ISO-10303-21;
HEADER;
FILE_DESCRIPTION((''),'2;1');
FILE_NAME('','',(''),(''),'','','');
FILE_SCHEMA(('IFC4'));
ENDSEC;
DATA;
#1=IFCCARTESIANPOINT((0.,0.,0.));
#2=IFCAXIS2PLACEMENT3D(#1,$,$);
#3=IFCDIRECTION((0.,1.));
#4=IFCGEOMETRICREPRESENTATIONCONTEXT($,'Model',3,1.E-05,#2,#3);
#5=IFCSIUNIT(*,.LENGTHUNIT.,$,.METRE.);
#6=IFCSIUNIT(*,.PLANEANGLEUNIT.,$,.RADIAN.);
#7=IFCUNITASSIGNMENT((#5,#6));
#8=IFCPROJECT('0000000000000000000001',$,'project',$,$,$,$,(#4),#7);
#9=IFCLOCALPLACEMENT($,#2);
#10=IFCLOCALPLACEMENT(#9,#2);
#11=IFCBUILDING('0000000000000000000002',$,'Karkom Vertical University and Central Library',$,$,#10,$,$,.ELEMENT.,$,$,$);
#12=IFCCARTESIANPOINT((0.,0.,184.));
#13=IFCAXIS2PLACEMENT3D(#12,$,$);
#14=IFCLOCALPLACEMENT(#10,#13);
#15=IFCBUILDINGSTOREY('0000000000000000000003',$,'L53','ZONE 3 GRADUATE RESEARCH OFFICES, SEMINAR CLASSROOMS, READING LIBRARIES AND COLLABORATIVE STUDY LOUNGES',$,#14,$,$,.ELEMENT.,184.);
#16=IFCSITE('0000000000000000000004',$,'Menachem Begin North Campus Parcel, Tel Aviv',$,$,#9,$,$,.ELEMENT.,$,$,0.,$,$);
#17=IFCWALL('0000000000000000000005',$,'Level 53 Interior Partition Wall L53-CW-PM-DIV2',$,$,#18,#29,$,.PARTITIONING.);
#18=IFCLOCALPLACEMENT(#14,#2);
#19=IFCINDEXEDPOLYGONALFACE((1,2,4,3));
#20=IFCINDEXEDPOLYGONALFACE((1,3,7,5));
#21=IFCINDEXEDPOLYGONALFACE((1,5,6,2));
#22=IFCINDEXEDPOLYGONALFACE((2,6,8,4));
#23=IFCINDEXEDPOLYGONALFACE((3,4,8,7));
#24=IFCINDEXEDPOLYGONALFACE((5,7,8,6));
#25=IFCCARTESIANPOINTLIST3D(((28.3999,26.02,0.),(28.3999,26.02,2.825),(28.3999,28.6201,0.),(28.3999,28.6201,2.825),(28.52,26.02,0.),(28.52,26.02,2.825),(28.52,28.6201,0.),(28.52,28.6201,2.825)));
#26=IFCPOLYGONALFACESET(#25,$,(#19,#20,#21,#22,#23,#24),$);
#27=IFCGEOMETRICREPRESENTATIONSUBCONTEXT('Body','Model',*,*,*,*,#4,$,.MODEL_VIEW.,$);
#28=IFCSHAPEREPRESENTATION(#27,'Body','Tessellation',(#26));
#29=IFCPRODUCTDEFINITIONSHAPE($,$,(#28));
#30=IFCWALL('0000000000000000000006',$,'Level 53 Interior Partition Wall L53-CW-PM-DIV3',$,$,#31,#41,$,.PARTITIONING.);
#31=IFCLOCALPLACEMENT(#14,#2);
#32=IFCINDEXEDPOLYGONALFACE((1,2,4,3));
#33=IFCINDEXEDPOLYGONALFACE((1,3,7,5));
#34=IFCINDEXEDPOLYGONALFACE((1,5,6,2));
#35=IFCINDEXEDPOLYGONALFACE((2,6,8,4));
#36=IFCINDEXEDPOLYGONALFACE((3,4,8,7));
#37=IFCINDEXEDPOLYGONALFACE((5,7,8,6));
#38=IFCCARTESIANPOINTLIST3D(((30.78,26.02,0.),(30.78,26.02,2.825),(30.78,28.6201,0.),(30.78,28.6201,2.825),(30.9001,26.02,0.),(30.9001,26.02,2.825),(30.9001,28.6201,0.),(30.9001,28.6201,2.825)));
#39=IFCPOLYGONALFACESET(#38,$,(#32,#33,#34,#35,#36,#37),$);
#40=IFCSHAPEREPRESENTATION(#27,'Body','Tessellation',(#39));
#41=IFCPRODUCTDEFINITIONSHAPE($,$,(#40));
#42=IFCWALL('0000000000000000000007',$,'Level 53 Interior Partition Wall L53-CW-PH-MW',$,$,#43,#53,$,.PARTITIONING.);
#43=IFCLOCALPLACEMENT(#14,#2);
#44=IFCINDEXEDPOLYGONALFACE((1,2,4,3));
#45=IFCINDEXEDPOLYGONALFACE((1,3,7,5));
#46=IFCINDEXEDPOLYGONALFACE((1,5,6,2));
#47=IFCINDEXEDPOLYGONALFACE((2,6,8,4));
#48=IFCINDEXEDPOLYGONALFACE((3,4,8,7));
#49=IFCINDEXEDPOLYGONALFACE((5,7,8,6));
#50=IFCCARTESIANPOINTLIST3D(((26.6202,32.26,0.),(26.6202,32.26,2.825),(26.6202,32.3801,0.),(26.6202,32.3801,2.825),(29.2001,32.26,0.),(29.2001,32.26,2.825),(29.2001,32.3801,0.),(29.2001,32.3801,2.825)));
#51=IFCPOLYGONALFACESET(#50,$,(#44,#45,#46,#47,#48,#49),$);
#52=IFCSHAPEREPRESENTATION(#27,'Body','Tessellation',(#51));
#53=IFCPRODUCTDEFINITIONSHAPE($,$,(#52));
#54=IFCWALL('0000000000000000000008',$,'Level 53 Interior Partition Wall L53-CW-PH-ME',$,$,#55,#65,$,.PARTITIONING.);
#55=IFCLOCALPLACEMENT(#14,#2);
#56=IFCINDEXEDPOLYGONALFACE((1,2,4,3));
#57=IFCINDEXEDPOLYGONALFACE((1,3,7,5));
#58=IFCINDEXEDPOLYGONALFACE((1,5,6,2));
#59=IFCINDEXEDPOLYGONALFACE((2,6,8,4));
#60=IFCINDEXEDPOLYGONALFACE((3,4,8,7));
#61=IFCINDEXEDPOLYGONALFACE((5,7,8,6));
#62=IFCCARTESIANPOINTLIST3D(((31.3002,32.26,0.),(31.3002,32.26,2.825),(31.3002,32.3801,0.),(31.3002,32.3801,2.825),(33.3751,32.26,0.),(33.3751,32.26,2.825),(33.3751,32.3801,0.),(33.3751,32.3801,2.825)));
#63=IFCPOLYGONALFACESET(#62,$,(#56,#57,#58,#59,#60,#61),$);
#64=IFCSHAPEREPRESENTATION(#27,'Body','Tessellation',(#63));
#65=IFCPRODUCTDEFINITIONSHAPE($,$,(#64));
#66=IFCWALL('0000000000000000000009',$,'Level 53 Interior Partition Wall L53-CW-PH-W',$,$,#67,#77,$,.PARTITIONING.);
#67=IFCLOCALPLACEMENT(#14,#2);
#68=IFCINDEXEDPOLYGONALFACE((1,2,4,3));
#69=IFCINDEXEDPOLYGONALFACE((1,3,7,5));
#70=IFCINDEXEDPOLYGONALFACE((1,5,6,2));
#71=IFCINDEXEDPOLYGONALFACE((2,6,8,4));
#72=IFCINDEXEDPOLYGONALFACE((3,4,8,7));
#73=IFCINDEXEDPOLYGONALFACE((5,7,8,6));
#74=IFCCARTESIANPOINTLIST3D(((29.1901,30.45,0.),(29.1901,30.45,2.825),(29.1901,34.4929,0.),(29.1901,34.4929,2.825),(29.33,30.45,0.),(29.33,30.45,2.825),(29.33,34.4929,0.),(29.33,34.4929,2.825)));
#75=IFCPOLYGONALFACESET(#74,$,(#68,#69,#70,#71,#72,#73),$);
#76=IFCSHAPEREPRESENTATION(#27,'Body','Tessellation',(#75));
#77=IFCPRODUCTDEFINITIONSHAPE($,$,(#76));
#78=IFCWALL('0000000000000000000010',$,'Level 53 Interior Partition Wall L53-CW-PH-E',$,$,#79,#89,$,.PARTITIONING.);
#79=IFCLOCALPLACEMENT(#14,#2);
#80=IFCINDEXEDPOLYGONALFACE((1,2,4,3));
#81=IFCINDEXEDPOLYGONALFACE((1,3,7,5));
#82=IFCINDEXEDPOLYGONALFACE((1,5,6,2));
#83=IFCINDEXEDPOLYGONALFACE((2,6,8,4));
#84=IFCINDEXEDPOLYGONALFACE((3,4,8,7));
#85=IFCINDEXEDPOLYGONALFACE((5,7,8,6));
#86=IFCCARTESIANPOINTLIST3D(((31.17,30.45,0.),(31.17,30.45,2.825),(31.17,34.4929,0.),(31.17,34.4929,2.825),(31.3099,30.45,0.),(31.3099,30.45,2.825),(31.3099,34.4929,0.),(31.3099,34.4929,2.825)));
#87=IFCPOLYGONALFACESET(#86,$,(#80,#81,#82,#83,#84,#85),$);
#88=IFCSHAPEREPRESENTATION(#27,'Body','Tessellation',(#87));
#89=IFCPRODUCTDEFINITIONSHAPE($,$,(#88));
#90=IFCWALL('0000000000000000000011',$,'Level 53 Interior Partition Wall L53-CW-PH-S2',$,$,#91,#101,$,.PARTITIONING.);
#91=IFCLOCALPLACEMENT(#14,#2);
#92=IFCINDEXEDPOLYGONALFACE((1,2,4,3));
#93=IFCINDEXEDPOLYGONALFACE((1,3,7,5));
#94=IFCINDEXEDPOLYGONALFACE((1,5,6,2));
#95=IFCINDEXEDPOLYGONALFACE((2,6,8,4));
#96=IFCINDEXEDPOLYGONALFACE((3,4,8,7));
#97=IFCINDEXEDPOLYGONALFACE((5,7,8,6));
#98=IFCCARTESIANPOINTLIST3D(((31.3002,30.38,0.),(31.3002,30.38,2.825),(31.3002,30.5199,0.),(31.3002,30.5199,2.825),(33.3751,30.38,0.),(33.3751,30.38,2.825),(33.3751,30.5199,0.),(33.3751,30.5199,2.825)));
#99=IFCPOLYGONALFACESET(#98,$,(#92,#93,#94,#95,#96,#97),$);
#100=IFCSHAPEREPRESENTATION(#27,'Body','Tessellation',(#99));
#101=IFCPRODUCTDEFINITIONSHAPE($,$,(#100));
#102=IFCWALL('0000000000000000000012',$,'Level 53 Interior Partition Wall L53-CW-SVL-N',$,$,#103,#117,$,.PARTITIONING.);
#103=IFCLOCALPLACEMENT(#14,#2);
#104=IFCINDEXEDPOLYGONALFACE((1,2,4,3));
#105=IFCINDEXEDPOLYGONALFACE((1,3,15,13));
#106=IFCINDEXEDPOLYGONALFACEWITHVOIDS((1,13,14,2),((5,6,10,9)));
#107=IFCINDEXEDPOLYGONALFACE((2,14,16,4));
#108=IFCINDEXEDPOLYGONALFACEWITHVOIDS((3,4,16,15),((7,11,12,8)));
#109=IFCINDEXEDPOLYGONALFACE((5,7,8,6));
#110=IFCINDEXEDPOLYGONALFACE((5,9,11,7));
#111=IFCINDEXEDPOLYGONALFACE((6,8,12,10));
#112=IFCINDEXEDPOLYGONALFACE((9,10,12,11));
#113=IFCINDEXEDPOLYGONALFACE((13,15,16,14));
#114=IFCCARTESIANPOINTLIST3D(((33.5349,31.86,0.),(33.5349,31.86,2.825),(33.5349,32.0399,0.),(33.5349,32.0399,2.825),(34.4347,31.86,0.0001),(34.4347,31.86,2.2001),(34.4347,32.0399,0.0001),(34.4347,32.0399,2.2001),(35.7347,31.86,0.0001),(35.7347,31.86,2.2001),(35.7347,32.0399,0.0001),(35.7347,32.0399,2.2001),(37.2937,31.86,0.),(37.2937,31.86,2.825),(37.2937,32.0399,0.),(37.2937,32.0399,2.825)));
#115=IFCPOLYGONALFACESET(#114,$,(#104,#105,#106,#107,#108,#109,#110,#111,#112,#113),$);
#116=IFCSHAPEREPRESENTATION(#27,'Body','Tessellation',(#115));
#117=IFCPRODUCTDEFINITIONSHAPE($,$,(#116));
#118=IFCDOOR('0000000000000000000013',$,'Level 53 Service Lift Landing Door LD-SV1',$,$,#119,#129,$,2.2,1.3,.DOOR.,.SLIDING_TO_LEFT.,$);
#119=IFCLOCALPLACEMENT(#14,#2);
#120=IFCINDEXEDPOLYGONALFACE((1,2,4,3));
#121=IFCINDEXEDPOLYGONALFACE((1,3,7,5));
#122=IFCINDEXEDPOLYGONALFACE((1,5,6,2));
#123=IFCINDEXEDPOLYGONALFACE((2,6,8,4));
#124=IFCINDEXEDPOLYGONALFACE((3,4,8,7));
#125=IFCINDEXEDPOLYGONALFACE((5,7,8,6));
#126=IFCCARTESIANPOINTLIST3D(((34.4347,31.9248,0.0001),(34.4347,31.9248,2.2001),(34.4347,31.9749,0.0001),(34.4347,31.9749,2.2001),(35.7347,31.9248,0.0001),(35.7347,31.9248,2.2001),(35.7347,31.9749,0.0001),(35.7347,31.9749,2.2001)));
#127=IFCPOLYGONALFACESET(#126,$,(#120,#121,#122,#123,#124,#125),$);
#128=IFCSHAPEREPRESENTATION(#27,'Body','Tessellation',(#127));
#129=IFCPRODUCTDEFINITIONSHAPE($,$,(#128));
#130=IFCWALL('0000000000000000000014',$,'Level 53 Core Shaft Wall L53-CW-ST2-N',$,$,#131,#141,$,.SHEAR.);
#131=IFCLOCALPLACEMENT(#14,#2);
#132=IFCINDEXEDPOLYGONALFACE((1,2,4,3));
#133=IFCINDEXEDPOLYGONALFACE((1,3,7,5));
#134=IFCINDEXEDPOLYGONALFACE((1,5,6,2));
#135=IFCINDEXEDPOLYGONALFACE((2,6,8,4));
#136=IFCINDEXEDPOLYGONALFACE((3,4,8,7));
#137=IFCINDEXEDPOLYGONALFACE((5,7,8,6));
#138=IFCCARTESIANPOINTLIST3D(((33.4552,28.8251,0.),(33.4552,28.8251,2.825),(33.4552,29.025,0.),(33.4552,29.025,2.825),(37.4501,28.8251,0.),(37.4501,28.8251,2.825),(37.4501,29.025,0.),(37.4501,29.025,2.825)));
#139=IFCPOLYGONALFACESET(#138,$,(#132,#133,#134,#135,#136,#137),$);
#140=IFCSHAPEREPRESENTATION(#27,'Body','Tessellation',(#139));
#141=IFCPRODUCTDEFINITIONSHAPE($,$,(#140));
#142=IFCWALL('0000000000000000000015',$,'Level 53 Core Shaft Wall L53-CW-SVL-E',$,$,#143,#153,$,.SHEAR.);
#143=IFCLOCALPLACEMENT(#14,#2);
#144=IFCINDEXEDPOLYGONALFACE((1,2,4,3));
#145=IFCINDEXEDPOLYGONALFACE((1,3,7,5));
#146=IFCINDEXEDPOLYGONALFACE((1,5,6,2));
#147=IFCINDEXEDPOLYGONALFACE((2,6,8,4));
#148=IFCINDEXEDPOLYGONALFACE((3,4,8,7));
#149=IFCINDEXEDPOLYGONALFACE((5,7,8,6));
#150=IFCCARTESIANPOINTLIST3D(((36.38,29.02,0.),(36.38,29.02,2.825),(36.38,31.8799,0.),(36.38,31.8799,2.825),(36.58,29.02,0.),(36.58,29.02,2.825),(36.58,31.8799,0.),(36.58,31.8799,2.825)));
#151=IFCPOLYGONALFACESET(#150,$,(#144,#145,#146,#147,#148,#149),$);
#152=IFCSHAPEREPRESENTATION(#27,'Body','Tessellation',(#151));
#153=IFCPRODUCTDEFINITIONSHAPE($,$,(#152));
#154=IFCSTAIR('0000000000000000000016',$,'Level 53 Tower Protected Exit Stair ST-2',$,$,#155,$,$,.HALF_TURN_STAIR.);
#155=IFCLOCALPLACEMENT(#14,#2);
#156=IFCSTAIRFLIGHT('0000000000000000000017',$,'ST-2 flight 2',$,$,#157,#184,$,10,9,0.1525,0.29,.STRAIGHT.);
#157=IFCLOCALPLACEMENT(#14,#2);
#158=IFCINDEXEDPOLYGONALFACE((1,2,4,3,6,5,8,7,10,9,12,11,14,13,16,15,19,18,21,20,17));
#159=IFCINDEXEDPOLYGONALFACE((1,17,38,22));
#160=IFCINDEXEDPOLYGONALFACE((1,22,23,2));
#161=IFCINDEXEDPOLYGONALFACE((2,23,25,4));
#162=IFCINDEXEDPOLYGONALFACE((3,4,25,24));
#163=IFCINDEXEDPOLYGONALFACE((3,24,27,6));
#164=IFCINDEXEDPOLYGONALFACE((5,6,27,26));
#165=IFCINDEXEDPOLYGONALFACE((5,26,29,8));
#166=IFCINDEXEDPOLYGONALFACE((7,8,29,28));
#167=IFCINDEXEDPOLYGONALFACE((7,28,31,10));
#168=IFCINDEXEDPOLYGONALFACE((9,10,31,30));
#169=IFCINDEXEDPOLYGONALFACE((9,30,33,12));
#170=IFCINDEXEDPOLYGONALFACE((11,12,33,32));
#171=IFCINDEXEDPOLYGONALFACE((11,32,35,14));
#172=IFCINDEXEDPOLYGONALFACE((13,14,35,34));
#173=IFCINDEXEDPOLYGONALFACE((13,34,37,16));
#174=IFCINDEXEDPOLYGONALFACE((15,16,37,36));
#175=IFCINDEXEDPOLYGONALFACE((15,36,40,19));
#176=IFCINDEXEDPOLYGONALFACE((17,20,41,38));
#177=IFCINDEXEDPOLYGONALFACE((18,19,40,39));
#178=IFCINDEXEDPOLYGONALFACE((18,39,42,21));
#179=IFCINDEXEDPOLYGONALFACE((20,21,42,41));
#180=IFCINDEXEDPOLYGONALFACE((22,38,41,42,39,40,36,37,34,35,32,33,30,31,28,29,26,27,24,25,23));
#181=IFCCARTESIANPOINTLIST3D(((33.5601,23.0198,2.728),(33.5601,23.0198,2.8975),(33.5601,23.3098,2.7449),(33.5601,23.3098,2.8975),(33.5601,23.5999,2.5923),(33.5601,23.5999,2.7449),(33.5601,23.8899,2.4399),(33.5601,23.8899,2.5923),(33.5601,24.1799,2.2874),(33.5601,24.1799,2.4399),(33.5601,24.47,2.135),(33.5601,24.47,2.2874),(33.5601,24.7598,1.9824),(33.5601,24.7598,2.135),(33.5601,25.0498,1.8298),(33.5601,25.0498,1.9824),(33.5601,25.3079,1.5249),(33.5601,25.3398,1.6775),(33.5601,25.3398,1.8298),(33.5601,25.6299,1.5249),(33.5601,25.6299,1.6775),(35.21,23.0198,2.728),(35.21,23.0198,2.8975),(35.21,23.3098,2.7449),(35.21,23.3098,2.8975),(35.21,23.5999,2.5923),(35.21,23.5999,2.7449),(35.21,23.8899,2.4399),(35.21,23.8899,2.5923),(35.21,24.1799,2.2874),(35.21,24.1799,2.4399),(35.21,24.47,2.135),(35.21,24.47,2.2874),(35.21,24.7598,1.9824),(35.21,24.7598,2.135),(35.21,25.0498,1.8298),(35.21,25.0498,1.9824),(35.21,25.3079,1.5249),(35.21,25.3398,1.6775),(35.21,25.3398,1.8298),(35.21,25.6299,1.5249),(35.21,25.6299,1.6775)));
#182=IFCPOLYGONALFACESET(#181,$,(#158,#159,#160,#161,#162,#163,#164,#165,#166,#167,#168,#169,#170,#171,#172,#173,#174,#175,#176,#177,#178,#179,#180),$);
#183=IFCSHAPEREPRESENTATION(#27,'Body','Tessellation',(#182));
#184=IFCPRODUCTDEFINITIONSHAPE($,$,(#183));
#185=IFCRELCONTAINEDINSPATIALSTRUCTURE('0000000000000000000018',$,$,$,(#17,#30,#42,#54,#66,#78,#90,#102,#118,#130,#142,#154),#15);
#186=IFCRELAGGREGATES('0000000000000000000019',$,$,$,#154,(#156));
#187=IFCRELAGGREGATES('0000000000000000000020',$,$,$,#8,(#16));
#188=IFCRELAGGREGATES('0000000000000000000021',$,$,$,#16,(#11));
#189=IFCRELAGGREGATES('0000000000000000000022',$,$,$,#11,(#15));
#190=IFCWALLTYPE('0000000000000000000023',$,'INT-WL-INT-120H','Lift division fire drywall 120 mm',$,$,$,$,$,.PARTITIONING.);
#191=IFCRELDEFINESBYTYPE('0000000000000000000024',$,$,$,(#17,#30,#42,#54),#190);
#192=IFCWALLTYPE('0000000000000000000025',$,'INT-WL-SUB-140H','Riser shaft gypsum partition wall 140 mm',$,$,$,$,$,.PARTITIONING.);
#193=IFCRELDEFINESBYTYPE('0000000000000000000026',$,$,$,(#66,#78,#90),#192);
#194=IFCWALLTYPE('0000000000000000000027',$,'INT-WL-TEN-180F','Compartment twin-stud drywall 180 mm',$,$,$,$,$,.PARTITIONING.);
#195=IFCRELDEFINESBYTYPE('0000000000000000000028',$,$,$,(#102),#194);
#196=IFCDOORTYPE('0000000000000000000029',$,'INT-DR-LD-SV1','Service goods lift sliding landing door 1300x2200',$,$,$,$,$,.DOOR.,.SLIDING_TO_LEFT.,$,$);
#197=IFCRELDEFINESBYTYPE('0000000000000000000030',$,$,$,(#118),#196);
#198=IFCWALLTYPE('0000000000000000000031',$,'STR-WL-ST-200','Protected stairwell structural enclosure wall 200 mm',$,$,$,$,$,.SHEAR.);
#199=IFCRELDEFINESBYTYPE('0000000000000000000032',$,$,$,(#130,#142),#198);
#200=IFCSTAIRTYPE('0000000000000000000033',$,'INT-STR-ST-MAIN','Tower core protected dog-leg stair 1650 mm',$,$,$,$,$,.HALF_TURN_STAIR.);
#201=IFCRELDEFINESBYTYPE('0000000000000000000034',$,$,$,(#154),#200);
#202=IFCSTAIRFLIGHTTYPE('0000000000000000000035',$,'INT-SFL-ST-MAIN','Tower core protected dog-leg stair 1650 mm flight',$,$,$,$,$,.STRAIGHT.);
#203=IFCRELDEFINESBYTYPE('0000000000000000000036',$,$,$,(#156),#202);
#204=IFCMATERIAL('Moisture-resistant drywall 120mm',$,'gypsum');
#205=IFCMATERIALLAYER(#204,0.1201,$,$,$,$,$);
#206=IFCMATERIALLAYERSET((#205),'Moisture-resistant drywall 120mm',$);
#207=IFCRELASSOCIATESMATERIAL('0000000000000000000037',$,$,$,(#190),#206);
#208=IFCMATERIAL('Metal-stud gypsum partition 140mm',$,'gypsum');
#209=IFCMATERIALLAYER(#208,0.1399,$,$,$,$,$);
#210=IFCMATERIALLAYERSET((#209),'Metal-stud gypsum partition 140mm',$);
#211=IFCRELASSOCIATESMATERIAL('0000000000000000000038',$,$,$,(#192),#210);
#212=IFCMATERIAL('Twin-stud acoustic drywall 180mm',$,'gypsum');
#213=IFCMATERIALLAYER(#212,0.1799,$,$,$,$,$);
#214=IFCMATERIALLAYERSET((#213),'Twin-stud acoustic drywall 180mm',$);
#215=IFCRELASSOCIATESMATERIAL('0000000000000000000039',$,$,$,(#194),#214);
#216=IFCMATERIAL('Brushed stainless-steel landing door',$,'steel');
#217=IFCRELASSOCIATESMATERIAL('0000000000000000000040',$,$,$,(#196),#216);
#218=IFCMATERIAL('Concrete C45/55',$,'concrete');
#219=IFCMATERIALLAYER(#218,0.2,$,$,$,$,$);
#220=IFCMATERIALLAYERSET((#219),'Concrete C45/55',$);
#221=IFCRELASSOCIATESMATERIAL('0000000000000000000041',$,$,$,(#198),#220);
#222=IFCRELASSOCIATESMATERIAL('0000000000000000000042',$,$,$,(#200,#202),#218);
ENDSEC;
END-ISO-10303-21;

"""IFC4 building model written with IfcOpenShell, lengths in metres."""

from ifc_helpers import new_model, si_unit, direction, frame, frame_2d, origin, origin_with_axes, place, context, subcontext, project, spatial, polyline, rectangle, outline, extrude, source, transform, mapped, material, layer, layer_set, type_object, element, fill, aggregate, save


model = new_model("IFC4")

# Units and contexts
model_context = context("Model", 3, precision=1e-05, world=origin(), true_north=direction((0.0, 1.0)))
body_context = subcontext(model_context, "Body", "Model", "MODEL_VIEW")
ifc_project = project(units=[si_unit("LENGTHUNIT", "METRE"), si_unit("PLANEANGLEUNIT", "RADIAN")], contexts=[model_context])

# Site, building, storey
site_placement = place(None, origin())
site = spatial("IfcSite", under=ifc_project, at=site_placement, Name="Menachem Begin North Campus Parcel, Tel Aviv", CompositionType="ELEMENT", RefElevation=0.0)
building_placement = place(site_placement, origin())
building = spatial("IfcBuilding", under=site, at=building_placement, Name="Karkom Vertical University and Central Library", CompositionType="ELEMENT")
storey_placement = place(building_placement, frame((0.0, 0.0, 184.0)))
storey = spatial("IfcBuildingStorey", under=building, at=storey_placement, Name="L53", Description="ZONE 3 GRADUATE RESEARCH OFFICES, SEMINAR CLASSROOMS, READING LIBRARIES AND COLLABORATIVE STUDY LOUNGES", CompositionType="ELEMENT", Elevation=184.0)

# Walls
ifc_material_1 = material(Name="Moisture-resistant drywall 120mm", Category="gypsum")
ifc_layer_1 = layer(ifc_material_1, 0.1201)
ifc_layer_set_1 = layer_set([ifc_layer_1], Name="Moisture-resistant drywall 120mm")
wall_type_1 = type_object("IfcWallType", Name="INT-WL-INT-120H", Description="Lift division fire drywall 120 mm", PredefinedType="PARTITIONING", material=ifc_layer_set_1)
for number, where, z_axis, x_axis, name in (
    (1, (28.46, 26.02, 0.0), (0.0, 0.0, 1.0), (0.0, 1.0, 0.0), "Level 53 Interior Partition Wall L53-CW-PM-DIV2"),
    (2, (30.8401, 26.02, 0.0), (0.0, 0.0, 1.0), (0.0, 1.0, 0.0), "Level 53 Interior Partition Wall L53-CW-PM-DIV3"),
):
    element("IfcWall", number, at=place(storey_placement, frame(where, z_axis=z_axis, x_axis=x_axis)), inside=storey, type_object=wall_type_1, Name=name, PredefinedType="PARTITIONING", context=body_context, shape_type="SweptSolid", body=[
        extrude(rectangle(XDim=2.6001, YDim=0.1201, at=frame_2d((1.3, 0.0))), origin(), (0.0, 0.0, 1.0), 2.825),
    ])
wall_1_placement = place(storey_placement, frame((26.6201, 32.3201, 0.0), z_axis=(0.0, 0.0, 1.0), x_axis=(1.0, 0.0, 0.0)))
element("IfcWall", 3, at=wall_1_placement, inside=storey, type_object=wall_type_1, Name="Level 53 Interior Partition Wall L53-CW-PH-MW", PredefinedType="PARTITIONING", context=body_context, shape_type="SweptSolid", body=[
    extrude(rectangle(XDim=2.5798, YDim=0.1201, at=frame_2d((1.29, 0.0))), origin(), (0.0, 0.0, 1.0), 2.825),
])
wall_2_placement = place(storey_placement, frame((31.3, 32.3201, 0.0), z_axis=(0.0, 0.0, 1.0), x_axis=(1.0, 0.0, 0.0)))
element("IfcWall", 4, at=wall_2_placement, inside=storey, type_object=wall_type_1, Name="Level 53 Interior Partition Wall L53-CW-PH-ME", PredefinedType="PARTITIONING", context=body_context, shape_type="SweptSolid", body=[
    extrude(rectangle(XDim=2.075, YDim=0.1201, at=frame_2d((1.0376, 0.0))), origin(), (0.0, 0.0, 1.0), 2.825),
])
ifc_material_2 = material(Name="Metal-stud gypsum partition 140mm", Category="gypsum")
ifc_layer_2 = layer(ifc_material_2, 0.1399)
ifc_layer_set_2 = layer_set([ifc_layer_2], Name="Metal-stud gypsum partition 140mm")
wall_type_2 = type_object("IfcWallType", Name="INT-WL-SUB-140H", Description="Riser shaft gypsum partition wall 140 mm", PredefinedType="PARTITIONING", material=ifc_layer_set_2)
for number, where, z_axis, x_axis, name in (
    (5, (29.26, 30.45, 0.0), (0.0, 0.0, 1.0), (0.0, 1.0, 0.0), "Level 53 Interior Partition Wall L53-CW-PH-W"),
    (6, (31.24, 30.45, 0.0), (0.0, 0.0, 1.0), (0.0, 1.0, 0.0), "Level 53 Interior Partition Wall L53-CW-PH-E"),
):
    element("IfcWall", number, at=place(storey_placement, frame(where, z_axis=z_axis, x_axis=x_axis)), inside=storey, type_object=wall_type_2, Name=name, PredefinedType="PARTITIONING", context=body_context, shape_type="SweptSolid", body=[
        extrude(rectangle(XDim=4.043, YDim=0.1399, at=frame_2d((2.0215, 0.0))), origin(), (0.0, 0.0, 1.0), 2.825),
    ])
wall_3_placement = place(storey_placement, frame((31.3, 30.45, 0.0), z_axis=(0.0, 0.0, 1.0), x_axis=(1.0, 0.0, 0.0)))
element("IfcWall", 7, at=wall_3_placement, inside=storey, type_object=wall_type_2, Name="Level 53 Interior Partition Wall L53-CW-PH-S2", PredefinedType="PARTITIONING", context=body_context, shape_type="SweptSolid", body=[
    extrude(rectangle(XDim=2.075, YDim=0.1399, at=frame_2d((1.0376, 0.0))), origin(), (0.0, 0.0, 1.0), 2.825),
])

# Wall, opening, door
ifc_material_3 = material(Name="Twin-stud acoustic drywall 180mm", Category="gypsum")
ifc_layer_3 = layer(ifc_material_3, 0.1799)
ifc_layer_set_3 = layer_set([ifc_layer_3], Name="Twin-stud acoustic drywall 180mm")
wall_type_3 = type_object("IfcWallType", Name="INT-WL-TEN-180F", Description="Compartment twin-stud drywall 180 mm", PredefinedType="PARTITIONING", material=ifc_layer_set_3)
wall_4_placement = place(storey_placement, frame((33.5349, 31.95, 0.0), z_axis=(0.0, 0.0, 1.0), x_axis=(1.0, 0.0, 0.0)))
wall_4 = element("IfcWall", 8, at=wall_4_placement, inside=storey, type_object=wall_type_3, Name="Level 53 Interior Partition Wall L53-CW-SVL-N", PredefinedType="PARTITIONING", context=body_context, shape_type="SweptSolid", body=[
    extrude(rectangle(XDim=3.7588, YDim=0.1799, at=frame_2d((1.8794, 0.0))), origin(), (0.0, 0.0, 1.0), 2.825),
])
opening_1_placement = place(wall_4_placement, frame((0.8999, 0.0, 0.0)))
opening_1 = element("IfcOpeningElement", 9, at=opening_1_placement, cuts=wall_4, PredefinedType="OPENING", context=body_context, shape_type="SweptSolid", body=[
    extrude(rectangle(XDim=1.3, YDim=2.2, at=frame_2d((0.6499, 1.1001))), frame((0.0, 0.1001, 0.0), z_axis=(0.0, -1.0, 0.0), x_axis=(1.0, 0.0, 0.0)), (0.0, 0.0, 1.0), 0.2),
])
ifc_material_4 = material(Name="Brushed stainless-steel landing door", Category="steel")
door_type_1 = type_object("IfcDoorType", Name="INT-DR-LD-SV1", Description="Service goods lift sliding landing door 1300x2200", OperationType="SLIDING_TO_LEFT", PredefinedType="DOOR", material=ifc_material_4)
shared_shape_1 = source(origin_with_axes(), body_context, "Body", "SweptSolid", [
    extrude(rectangle(XDim=1.3, YDim=2.2, at=frame_2d((0.6499, 1.1001))), frame((0.0, 0.0249, 0.0), z_axis=(0.0, -1.0, 0.0), x_axis=(1.0, 0.0, 0.0)), (0.0, 0.0, 1.0), 0.05),
])
door_1_placement = place(opening_1_placement, origin())
door_1 = element("IfcDoor", 10, at=door_1_placement, inside=storey, type_object=door_type_1, Name="Level 53 Service Lift Landing Door LD-SV1", OperationType="SLIDING_TO_LEFT", OverallHeight=2.2, OverallWidth=1.3, PredefinedType="DOOR", context=body_context, shape_type="MappedRepresentation", body=[
    mapped(shared_shape_1, transform((0.0, 0.0, 0.0), scale=1.0)),
])
fill(opening_1, door_1)

# Walls
ifc_material_5 = material(Name="Concrete C45/55", Category="concrete")
ifc_layer_4 = layer(ifc_material_5, 0.2)
ifc_layer_set_4 = layer_set([ifc_layer_4], Name="Concrete C45/55")
wall_type_4 = type_object("IfcWallType", Name="STR-WL-ST-200", Description="Protected stairwell structural enclosure wall 200 mm", PredefinedType="SHEAR", material=ifc_layer_set_4)
wall_5_placement = place(storey_placement, frame((33.4551, 28.925, 0.0), z_axis=(0.0, 0.0, 1.0), x_axis=(1.0, 0.0, 0.0)))
element("IfcWall", 11, at=wall_5_placement, inside=storey, type_object=wall_type_4, Name="Level 53 Core Shaft Wall L53-CW-ST2-N", PredefinedType="SHEAR", context=body_context, shape_type="SweptSolid", body=[
    extrude(rectangle(XDim=3.9949, YDim=0.2, at=frame_2d((1.9976, 0.0))), origin(), (0.0, 0.0, 1.0), 2.825),
])
wall_6_placement = place(storey_placement, frame((36.48, 29.02, 0.0), z_axis=(0.0, 0.0, 1.0), x_axis=(0.0, 1.0, 0.0)))
element("IfcWall", 12, at=wall_6_placement, inside=storey, type_object=wall_type_4, Name="Level 53 Core Shaft Wall L53-CW-SVL-E", PredefinedType="SHEAR", context=body_context, shape_type="SweptSolid", body=[
    extrude(rectangle(XDim=2.8599, YDim=0.2, at=frame_2d((1.4299, 0.0))), origin(), (0.0, 0.0, 1.0), 2.825),
])

# Stair, stair flight
stair_type = type_object("IfcStairType", Name="INT-STR-ST-MAIN", Description="Tower core protected dog-leg stair 1650 mm", PredefinedType="HALF_TURN_STAIR", material=ifc_material_5)
stair_placement = place(storey_placement, origin())
stair = element("IfcStair", 13, at=stair_placement, inside=storey, type_object=stair_type, Name="Level 53 Tower Protected Exit Stair ST-2", PredefinedType="HALF_TURN_STAIR")
stair_flight_type = type_object("IfcStairFlightType", Name="INT-SFL-ST-MAIN", Description="Tower core protected dog-leg stair 1650 mm flight", PredefinedType="STRAIGHT", material=ifc_material_5)
stair_flight_placement = place(storey_placement, frame((34.385, 25.6299, 1.5249), z_axis=(0.0, 0.0, 1.0), x_axis=(0.0, -1.0, 0.0)))
stair_flight = element("IfcStairFlight", 14, at=stair_flight_placement, type_object=stair_flight_type, Name="ST-2 flight 2", NumberOfRisers=10, NumberOfTreads=9, PredefinedType="STRAIGHT", RiserHeight=0.1525, TreadLength=0.29, context=body_context, shape_type="SweptSolid", body=[
    extrude(outline(polyline([(0.0, 0.0), (0.0, 0.1526), (0.29, 0.1526), (0.29, 0.3049), (0.5801, 0.3049), (0.5801, 0.4575), (0.8701, 0.4575), (0.8701, 0.6101), (1.1599, 0.6101), (1.1599, 0.7625), (1.45, 0.7625), (1.45, 0.915), (1.74, 0.915), (1.74, 1.0674), (2.03, 1.0674), (2.03, 1.22), (2.3201, 1.22), (2.3201, 1.3726), (2.6101, 1.3726), (2.6101, 1.5249), (2.6101, 1.2031), (0.322, 0.0), (0.0, 0.0)])), frame((0.0, 0.825, 0.0), z_axis=(0.0, -1.0, 0.0), x_axis=(1.0, 0.0, 0.0)), (0.0, 0.0, 1.0), 1.6499),
])
aggregate(stair, [stair_flight])

save(model, "model.ifc")
